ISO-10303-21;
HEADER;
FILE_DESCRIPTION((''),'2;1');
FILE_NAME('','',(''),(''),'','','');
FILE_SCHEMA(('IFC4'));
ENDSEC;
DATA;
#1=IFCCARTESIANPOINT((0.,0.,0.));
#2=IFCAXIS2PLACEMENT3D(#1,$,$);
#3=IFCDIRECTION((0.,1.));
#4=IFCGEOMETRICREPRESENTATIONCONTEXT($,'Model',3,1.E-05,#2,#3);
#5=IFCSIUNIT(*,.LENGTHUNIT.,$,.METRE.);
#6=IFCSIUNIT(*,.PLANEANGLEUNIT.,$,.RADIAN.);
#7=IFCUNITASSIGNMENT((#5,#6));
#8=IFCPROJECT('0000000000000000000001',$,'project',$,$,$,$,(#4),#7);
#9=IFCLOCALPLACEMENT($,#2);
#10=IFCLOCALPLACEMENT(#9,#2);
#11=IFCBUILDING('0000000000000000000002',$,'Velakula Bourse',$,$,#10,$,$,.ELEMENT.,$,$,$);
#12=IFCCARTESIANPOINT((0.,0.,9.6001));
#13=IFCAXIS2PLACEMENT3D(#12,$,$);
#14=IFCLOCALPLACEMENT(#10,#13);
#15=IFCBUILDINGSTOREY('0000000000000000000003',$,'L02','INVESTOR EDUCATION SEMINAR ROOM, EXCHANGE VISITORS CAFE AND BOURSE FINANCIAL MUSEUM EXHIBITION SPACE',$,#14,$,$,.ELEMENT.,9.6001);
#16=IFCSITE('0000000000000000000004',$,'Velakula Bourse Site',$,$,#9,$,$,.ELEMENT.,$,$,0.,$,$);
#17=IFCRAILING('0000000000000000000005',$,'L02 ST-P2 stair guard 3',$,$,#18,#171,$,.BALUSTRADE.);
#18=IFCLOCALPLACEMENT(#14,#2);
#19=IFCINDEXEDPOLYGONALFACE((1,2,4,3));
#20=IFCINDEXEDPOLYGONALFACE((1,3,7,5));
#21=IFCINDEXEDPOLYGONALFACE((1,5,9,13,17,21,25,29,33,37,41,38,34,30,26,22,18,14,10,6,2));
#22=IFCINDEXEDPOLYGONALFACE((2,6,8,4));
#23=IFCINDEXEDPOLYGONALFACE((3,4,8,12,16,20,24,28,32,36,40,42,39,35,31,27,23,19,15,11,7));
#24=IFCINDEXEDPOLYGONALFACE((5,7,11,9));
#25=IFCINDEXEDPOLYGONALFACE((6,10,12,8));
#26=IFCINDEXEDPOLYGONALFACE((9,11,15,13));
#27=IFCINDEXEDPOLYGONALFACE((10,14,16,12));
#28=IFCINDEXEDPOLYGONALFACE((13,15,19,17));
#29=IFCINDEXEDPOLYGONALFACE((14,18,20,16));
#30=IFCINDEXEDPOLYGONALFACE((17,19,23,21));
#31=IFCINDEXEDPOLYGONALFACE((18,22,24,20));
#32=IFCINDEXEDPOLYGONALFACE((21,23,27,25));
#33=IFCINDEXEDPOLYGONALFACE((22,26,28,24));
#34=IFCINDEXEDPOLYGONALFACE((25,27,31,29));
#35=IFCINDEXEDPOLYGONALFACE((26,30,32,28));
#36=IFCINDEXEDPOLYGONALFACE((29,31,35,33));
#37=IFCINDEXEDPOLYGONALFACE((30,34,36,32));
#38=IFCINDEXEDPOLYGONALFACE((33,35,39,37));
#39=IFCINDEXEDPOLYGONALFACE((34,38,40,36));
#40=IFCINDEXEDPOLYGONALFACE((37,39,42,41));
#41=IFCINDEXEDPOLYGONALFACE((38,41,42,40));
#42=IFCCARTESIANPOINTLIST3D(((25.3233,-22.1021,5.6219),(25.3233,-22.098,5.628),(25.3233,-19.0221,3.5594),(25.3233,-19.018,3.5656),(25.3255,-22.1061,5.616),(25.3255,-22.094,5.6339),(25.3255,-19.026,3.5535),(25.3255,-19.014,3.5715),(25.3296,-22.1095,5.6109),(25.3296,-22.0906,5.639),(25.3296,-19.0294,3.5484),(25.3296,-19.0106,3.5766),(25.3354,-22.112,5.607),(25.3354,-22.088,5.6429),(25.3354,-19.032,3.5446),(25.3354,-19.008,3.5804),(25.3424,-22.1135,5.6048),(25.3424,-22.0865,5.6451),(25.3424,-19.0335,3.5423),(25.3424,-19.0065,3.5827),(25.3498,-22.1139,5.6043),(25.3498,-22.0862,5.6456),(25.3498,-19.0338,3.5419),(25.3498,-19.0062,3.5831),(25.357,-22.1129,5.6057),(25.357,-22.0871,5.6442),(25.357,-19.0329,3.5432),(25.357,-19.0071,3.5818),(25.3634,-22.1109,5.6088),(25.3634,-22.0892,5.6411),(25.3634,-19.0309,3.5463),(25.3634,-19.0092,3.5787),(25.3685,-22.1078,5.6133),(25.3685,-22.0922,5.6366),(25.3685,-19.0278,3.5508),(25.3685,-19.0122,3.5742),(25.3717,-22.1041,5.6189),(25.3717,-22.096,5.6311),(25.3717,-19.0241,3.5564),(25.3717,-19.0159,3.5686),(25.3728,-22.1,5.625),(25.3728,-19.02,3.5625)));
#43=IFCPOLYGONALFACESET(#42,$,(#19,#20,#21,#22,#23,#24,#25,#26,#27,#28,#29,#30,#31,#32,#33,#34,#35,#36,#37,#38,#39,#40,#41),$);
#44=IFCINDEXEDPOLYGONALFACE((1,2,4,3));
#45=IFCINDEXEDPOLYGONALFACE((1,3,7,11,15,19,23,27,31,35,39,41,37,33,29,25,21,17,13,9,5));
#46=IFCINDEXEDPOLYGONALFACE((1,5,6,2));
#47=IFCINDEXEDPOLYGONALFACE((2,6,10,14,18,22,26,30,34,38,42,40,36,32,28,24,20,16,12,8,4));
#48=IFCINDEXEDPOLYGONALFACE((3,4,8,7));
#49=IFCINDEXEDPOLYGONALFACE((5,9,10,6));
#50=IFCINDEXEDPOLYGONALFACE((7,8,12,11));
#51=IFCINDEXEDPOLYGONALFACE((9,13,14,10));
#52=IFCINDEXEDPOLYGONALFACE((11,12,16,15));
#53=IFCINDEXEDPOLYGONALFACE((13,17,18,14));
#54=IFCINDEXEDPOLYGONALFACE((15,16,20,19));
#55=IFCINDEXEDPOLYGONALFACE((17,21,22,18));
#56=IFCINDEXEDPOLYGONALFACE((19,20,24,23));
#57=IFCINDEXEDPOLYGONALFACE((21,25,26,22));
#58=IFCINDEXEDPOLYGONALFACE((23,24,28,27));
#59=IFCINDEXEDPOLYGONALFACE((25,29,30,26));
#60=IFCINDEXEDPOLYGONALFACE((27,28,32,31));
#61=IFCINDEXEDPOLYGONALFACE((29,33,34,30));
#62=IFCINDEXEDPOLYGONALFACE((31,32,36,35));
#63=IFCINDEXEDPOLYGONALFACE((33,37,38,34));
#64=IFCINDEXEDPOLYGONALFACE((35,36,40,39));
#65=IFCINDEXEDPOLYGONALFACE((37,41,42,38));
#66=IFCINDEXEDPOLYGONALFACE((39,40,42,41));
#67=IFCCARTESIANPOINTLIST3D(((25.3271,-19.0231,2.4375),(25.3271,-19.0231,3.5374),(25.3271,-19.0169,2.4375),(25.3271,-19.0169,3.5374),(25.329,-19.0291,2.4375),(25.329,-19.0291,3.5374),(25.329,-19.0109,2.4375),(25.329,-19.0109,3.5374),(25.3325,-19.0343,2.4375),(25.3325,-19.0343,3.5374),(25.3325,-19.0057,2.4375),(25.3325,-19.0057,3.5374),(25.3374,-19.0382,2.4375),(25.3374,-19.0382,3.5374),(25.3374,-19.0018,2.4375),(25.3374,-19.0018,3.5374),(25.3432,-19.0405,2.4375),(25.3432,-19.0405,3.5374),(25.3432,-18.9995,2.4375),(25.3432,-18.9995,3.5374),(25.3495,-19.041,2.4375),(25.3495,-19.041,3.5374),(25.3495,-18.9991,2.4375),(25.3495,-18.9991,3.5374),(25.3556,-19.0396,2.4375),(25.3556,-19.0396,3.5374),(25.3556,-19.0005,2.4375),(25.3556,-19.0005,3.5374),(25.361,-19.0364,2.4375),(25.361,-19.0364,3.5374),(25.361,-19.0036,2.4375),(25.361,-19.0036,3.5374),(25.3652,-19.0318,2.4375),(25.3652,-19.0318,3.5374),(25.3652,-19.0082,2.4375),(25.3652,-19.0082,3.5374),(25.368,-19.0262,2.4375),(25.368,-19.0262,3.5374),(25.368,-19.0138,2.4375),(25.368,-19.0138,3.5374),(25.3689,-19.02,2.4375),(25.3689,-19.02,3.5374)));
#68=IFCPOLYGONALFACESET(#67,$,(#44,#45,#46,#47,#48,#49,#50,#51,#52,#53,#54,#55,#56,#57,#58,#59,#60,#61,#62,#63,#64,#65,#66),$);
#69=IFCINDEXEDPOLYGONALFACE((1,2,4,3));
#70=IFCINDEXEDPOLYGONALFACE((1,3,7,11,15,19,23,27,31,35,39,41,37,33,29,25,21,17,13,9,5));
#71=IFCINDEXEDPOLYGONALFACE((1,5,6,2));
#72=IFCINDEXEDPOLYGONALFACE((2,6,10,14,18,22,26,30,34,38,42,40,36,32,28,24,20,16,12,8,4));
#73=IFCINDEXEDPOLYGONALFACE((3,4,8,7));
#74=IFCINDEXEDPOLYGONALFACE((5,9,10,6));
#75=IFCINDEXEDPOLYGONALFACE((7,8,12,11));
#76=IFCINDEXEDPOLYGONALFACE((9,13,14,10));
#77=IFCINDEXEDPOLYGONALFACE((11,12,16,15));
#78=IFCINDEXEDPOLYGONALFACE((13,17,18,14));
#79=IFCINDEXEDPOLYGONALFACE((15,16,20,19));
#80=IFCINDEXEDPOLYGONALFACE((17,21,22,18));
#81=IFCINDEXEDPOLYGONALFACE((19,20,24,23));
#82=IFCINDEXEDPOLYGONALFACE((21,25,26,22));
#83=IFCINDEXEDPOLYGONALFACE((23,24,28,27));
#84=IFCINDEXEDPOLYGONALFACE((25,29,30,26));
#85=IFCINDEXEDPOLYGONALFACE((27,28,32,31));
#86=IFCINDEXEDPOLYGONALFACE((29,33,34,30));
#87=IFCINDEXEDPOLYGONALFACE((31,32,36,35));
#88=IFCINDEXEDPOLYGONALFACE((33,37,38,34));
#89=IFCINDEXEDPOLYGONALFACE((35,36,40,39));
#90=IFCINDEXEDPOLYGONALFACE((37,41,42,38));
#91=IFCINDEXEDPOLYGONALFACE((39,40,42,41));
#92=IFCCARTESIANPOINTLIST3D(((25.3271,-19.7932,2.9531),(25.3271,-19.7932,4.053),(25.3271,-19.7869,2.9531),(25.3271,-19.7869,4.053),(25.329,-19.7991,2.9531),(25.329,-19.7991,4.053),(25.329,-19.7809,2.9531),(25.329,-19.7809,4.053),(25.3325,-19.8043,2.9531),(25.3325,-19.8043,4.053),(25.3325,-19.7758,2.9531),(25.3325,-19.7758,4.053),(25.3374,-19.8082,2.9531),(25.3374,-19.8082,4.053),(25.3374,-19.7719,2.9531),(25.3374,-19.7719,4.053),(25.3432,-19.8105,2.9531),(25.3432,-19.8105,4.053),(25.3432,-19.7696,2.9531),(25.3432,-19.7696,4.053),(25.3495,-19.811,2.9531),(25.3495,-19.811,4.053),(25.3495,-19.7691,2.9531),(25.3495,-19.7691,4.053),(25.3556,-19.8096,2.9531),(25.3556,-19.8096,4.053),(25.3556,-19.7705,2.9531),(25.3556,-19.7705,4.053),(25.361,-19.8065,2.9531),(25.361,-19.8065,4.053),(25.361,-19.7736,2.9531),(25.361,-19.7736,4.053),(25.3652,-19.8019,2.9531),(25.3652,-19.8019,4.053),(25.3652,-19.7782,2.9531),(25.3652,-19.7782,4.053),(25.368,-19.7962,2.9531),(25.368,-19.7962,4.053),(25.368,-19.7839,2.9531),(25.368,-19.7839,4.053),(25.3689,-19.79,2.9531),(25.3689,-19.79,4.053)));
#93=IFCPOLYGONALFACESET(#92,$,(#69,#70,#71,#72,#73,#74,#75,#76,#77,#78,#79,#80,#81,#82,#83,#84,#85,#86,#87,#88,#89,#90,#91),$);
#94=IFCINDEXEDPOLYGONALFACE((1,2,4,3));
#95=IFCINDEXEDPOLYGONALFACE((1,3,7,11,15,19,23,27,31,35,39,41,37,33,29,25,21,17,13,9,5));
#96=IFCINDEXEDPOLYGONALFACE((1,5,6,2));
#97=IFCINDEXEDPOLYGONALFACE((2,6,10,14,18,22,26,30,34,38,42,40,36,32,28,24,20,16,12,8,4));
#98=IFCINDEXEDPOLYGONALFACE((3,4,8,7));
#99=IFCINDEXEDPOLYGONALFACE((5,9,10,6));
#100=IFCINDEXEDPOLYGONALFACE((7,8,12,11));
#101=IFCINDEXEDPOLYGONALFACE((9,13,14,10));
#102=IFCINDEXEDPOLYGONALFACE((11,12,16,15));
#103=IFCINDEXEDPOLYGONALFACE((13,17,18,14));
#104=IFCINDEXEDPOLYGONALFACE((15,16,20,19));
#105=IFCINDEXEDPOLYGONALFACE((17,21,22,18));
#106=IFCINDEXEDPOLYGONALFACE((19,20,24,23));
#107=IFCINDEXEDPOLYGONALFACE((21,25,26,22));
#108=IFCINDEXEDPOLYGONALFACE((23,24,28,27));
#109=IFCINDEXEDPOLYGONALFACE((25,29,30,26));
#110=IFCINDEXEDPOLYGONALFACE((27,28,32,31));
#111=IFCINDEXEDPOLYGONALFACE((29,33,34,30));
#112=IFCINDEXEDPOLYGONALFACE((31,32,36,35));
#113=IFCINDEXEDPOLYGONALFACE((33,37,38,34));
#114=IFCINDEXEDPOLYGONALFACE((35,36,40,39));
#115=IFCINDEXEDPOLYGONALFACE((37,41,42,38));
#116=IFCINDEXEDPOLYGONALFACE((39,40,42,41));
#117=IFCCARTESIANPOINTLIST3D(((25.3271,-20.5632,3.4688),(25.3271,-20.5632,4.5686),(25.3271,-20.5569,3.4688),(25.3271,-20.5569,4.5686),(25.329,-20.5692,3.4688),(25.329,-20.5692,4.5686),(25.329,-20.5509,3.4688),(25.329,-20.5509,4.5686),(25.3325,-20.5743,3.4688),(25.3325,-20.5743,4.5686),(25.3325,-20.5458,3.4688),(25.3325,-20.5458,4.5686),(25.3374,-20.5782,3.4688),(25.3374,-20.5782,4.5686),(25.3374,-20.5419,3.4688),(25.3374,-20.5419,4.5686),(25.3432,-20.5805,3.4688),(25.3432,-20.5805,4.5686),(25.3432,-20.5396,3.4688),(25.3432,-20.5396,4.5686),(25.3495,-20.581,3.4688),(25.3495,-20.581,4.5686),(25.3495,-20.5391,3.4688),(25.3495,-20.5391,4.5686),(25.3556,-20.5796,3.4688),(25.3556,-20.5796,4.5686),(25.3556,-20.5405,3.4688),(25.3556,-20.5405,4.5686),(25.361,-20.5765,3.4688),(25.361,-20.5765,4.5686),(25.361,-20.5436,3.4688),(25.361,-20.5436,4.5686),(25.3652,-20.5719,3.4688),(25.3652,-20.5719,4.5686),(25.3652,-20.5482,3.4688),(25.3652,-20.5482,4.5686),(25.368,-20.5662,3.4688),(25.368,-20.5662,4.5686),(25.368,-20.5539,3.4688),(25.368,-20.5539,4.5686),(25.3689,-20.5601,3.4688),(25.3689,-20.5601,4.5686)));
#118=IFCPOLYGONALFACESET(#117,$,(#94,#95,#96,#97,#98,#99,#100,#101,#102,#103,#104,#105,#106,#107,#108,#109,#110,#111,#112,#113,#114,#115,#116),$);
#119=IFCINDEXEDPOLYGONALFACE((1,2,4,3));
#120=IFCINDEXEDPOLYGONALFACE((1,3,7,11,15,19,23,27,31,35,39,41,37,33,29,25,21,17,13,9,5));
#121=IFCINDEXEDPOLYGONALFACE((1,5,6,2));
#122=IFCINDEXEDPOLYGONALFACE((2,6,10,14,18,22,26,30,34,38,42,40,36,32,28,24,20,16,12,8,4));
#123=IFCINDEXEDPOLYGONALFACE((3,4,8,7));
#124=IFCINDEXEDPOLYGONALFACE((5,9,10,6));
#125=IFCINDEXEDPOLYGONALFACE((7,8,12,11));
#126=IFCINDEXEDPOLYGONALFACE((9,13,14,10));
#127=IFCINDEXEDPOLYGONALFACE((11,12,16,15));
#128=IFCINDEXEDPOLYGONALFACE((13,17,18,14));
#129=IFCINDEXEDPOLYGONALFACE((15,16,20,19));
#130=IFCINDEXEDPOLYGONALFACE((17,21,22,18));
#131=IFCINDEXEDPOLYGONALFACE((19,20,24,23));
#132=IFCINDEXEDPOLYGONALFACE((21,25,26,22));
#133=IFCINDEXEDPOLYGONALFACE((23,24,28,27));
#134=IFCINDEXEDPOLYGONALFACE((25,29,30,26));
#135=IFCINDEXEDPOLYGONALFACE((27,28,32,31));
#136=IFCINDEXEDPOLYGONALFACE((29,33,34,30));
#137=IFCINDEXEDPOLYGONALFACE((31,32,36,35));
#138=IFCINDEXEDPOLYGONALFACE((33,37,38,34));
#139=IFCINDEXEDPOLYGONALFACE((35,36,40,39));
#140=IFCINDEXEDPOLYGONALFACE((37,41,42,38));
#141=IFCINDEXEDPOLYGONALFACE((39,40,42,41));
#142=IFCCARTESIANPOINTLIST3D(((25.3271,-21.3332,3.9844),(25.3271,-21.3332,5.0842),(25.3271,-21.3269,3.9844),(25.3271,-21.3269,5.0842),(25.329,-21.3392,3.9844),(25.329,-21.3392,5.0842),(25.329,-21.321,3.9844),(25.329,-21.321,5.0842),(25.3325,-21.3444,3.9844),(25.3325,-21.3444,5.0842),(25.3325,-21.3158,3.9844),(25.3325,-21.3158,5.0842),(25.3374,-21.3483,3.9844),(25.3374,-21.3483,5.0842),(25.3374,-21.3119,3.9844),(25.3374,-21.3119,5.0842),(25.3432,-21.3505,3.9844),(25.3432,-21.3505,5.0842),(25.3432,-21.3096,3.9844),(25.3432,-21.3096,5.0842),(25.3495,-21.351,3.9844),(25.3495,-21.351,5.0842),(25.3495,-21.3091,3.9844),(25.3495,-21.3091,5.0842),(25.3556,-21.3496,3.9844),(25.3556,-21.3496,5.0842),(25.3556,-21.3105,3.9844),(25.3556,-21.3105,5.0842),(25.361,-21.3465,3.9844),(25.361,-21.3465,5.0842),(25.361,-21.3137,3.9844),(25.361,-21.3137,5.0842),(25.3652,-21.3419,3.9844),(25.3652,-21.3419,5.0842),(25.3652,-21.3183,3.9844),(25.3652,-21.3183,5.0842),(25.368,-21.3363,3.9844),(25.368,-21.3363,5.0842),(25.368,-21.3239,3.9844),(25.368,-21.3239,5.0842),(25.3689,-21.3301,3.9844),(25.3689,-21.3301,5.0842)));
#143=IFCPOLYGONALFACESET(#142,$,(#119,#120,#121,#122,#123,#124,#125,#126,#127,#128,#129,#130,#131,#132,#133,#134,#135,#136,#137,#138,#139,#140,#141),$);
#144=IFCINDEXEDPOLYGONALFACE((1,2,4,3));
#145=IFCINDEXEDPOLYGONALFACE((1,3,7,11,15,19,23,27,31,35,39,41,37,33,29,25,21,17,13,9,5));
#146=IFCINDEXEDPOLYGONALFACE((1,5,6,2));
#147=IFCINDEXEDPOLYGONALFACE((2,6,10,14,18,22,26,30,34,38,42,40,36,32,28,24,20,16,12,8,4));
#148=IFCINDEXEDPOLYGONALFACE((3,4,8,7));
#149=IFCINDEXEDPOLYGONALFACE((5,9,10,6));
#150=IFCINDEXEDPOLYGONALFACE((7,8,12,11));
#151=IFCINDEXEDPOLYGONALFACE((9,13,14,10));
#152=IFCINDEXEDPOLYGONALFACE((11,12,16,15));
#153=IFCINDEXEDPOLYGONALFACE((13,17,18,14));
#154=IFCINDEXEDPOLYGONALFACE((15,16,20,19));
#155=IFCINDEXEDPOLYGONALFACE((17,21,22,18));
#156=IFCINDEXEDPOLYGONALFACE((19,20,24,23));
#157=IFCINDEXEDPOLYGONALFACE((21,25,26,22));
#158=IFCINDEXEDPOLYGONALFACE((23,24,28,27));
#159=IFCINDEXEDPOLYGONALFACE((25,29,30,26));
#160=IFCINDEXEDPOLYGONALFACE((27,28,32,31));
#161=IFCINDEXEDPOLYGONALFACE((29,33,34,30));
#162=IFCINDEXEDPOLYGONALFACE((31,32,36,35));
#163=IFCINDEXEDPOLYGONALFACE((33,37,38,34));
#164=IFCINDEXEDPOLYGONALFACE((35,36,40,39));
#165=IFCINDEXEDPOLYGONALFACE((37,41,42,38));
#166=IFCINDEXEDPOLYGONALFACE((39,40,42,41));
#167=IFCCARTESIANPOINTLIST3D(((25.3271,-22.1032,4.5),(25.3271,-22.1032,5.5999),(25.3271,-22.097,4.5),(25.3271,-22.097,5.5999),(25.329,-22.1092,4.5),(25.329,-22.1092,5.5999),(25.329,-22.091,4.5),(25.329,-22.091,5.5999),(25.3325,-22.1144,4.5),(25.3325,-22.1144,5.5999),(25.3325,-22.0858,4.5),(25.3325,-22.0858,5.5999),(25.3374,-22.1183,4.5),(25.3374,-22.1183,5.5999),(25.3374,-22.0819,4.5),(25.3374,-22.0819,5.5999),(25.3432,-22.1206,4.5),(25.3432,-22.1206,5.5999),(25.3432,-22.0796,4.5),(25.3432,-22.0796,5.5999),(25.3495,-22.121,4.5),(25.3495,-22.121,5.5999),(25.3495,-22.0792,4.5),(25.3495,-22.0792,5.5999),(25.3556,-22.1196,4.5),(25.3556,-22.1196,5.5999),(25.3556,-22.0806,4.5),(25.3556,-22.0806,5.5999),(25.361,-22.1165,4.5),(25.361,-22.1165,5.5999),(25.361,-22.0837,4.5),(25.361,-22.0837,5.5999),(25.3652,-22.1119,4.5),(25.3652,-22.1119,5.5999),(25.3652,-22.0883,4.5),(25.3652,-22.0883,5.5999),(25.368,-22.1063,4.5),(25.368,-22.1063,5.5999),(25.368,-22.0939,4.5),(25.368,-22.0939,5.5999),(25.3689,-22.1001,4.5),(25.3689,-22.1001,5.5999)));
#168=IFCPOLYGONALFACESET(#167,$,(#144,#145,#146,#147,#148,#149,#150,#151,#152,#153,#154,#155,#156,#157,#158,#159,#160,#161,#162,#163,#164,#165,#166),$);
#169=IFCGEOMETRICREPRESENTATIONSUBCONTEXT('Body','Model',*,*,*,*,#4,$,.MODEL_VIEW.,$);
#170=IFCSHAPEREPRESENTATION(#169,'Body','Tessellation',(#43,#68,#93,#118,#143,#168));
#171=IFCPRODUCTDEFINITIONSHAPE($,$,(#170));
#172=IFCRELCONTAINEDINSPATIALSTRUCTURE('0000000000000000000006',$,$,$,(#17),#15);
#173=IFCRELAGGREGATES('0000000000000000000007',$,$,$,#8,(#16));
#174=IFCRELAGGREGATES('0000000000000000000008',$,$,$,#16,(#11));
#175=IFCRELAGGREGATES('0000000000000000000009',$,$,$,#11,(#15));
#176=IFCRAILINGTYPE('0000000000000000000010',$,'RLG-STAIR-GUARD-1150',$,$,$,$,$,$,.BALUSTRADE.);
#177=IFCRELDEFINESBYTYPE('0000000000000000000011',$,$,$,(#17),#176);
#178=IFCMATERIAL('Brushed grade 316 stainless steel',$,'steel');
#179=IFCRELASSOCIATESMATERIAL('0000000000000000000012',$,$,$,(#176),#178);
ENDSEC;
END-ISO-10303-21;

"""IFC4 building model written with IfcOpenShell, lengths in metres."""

from ifc_helpers import new_model, si_unit, direction, frame, origin, origin_2d, place, context, subcontext, project, spatial, circle, extrude, material, type_object, element, save


model = new_model("IFC4")

# Units and contexts
model_context = context("Model", 3, precision=1e-05, world=origin(), true_north=direction((0.0, 1.0)))
body_context = subcontext(model_context, "Body", "Model", "MODEL_VIEW")
ifc_project = project(units=[si_unit("LENGTHUNIT", "METRE"), si_unit("PLANEANGLEUNIT", "RADIAN")], contexts=[model_context])

# Site, building, storey
site_placement = place(None, origin())
site = spatial("IfcSite", under=ifc_project, at=site_placement, Name="Velakula Bourse Site", CompositionType="ELEMENT", RefElevation=0.0)
building_placement = place(site_placement, origin())
building = spatial("IfcBuilding", under=site, at=building_placement, Name="Velakula Bourse", CompositionType="ELEMENT")
storey_placement = place(building_placement, frame((0.0, 0.0, 9.6001)))
storey = spatial("IfcBuildingStorey", under=building, at=storey_placement, Name="L02", Description="INVESTOR EDUCATION SEMINAR ROOM, EXCHANGE VISITORS CAFE AND BOURSE FINANCIAL MUSEUM EXHIBITION SPACE", CompositionType="ELEMENT", Elevation=9.6001)

# Railing
ifc_material_1 = material(Name="Brushed grade 316 stainless steel", Category="steel")
railing_type_1 = type_object("IfcRailingType", Name="RLG-STAIR-GUARD-1150", PredefinedType="BALUSTRADE", material=ifc_material_1)
railing_1_placement = place(storey_placement, frame((25.3479, -19.02, 2.4375)))
element("IfcRailing", 1, at=railing_1_placement, inside=storey, type_object=railing_type_1, Name="L02 ST-P2 stair guard 3", PredefinedType="BALUSTRADE", context=body_context, shape_type="SweptSolid", body=[
    extrude(circle(Radius=0.0249, at=origin_2d()), frame((0.0, 0.0, 1.125), z_axis=(0.0, -0.830914, 0.556401), x_axis=(1.0, 0.0, 0.0)), (0.0, 0.0, 1.0), 3.7068),
    extrude(circle(Radius=0.021, at=origin_2d()), origin(), (0.0, 0.0, 1.0), 1.0999),
    extrude(circle(Radius=0.021, at=origin_2d()), frame((0.0, -0.77, 0.5156)), (0.0, 0.0, 1.0), 1.0999),
    extrude(circle(Radius=0.021, at=origin_2d()), frame((0.0, -1.54, 1.0312)), (0.0, 0.0, 1.0), 1.0999),
    extrude(circle(Radius=0.021, at=origin_2d()), frame((0.0, -2.3101, 1.5469)), (0.0, 0.0, 1.0), 1.0999),
    extrude(circle(Radius=0.021, at=origin_2d()), frame((0.0, -3.0801, 2.0625)), (0.0, 0.0, 1.0), 1.0999),
])

save(model, "model.ifc")
